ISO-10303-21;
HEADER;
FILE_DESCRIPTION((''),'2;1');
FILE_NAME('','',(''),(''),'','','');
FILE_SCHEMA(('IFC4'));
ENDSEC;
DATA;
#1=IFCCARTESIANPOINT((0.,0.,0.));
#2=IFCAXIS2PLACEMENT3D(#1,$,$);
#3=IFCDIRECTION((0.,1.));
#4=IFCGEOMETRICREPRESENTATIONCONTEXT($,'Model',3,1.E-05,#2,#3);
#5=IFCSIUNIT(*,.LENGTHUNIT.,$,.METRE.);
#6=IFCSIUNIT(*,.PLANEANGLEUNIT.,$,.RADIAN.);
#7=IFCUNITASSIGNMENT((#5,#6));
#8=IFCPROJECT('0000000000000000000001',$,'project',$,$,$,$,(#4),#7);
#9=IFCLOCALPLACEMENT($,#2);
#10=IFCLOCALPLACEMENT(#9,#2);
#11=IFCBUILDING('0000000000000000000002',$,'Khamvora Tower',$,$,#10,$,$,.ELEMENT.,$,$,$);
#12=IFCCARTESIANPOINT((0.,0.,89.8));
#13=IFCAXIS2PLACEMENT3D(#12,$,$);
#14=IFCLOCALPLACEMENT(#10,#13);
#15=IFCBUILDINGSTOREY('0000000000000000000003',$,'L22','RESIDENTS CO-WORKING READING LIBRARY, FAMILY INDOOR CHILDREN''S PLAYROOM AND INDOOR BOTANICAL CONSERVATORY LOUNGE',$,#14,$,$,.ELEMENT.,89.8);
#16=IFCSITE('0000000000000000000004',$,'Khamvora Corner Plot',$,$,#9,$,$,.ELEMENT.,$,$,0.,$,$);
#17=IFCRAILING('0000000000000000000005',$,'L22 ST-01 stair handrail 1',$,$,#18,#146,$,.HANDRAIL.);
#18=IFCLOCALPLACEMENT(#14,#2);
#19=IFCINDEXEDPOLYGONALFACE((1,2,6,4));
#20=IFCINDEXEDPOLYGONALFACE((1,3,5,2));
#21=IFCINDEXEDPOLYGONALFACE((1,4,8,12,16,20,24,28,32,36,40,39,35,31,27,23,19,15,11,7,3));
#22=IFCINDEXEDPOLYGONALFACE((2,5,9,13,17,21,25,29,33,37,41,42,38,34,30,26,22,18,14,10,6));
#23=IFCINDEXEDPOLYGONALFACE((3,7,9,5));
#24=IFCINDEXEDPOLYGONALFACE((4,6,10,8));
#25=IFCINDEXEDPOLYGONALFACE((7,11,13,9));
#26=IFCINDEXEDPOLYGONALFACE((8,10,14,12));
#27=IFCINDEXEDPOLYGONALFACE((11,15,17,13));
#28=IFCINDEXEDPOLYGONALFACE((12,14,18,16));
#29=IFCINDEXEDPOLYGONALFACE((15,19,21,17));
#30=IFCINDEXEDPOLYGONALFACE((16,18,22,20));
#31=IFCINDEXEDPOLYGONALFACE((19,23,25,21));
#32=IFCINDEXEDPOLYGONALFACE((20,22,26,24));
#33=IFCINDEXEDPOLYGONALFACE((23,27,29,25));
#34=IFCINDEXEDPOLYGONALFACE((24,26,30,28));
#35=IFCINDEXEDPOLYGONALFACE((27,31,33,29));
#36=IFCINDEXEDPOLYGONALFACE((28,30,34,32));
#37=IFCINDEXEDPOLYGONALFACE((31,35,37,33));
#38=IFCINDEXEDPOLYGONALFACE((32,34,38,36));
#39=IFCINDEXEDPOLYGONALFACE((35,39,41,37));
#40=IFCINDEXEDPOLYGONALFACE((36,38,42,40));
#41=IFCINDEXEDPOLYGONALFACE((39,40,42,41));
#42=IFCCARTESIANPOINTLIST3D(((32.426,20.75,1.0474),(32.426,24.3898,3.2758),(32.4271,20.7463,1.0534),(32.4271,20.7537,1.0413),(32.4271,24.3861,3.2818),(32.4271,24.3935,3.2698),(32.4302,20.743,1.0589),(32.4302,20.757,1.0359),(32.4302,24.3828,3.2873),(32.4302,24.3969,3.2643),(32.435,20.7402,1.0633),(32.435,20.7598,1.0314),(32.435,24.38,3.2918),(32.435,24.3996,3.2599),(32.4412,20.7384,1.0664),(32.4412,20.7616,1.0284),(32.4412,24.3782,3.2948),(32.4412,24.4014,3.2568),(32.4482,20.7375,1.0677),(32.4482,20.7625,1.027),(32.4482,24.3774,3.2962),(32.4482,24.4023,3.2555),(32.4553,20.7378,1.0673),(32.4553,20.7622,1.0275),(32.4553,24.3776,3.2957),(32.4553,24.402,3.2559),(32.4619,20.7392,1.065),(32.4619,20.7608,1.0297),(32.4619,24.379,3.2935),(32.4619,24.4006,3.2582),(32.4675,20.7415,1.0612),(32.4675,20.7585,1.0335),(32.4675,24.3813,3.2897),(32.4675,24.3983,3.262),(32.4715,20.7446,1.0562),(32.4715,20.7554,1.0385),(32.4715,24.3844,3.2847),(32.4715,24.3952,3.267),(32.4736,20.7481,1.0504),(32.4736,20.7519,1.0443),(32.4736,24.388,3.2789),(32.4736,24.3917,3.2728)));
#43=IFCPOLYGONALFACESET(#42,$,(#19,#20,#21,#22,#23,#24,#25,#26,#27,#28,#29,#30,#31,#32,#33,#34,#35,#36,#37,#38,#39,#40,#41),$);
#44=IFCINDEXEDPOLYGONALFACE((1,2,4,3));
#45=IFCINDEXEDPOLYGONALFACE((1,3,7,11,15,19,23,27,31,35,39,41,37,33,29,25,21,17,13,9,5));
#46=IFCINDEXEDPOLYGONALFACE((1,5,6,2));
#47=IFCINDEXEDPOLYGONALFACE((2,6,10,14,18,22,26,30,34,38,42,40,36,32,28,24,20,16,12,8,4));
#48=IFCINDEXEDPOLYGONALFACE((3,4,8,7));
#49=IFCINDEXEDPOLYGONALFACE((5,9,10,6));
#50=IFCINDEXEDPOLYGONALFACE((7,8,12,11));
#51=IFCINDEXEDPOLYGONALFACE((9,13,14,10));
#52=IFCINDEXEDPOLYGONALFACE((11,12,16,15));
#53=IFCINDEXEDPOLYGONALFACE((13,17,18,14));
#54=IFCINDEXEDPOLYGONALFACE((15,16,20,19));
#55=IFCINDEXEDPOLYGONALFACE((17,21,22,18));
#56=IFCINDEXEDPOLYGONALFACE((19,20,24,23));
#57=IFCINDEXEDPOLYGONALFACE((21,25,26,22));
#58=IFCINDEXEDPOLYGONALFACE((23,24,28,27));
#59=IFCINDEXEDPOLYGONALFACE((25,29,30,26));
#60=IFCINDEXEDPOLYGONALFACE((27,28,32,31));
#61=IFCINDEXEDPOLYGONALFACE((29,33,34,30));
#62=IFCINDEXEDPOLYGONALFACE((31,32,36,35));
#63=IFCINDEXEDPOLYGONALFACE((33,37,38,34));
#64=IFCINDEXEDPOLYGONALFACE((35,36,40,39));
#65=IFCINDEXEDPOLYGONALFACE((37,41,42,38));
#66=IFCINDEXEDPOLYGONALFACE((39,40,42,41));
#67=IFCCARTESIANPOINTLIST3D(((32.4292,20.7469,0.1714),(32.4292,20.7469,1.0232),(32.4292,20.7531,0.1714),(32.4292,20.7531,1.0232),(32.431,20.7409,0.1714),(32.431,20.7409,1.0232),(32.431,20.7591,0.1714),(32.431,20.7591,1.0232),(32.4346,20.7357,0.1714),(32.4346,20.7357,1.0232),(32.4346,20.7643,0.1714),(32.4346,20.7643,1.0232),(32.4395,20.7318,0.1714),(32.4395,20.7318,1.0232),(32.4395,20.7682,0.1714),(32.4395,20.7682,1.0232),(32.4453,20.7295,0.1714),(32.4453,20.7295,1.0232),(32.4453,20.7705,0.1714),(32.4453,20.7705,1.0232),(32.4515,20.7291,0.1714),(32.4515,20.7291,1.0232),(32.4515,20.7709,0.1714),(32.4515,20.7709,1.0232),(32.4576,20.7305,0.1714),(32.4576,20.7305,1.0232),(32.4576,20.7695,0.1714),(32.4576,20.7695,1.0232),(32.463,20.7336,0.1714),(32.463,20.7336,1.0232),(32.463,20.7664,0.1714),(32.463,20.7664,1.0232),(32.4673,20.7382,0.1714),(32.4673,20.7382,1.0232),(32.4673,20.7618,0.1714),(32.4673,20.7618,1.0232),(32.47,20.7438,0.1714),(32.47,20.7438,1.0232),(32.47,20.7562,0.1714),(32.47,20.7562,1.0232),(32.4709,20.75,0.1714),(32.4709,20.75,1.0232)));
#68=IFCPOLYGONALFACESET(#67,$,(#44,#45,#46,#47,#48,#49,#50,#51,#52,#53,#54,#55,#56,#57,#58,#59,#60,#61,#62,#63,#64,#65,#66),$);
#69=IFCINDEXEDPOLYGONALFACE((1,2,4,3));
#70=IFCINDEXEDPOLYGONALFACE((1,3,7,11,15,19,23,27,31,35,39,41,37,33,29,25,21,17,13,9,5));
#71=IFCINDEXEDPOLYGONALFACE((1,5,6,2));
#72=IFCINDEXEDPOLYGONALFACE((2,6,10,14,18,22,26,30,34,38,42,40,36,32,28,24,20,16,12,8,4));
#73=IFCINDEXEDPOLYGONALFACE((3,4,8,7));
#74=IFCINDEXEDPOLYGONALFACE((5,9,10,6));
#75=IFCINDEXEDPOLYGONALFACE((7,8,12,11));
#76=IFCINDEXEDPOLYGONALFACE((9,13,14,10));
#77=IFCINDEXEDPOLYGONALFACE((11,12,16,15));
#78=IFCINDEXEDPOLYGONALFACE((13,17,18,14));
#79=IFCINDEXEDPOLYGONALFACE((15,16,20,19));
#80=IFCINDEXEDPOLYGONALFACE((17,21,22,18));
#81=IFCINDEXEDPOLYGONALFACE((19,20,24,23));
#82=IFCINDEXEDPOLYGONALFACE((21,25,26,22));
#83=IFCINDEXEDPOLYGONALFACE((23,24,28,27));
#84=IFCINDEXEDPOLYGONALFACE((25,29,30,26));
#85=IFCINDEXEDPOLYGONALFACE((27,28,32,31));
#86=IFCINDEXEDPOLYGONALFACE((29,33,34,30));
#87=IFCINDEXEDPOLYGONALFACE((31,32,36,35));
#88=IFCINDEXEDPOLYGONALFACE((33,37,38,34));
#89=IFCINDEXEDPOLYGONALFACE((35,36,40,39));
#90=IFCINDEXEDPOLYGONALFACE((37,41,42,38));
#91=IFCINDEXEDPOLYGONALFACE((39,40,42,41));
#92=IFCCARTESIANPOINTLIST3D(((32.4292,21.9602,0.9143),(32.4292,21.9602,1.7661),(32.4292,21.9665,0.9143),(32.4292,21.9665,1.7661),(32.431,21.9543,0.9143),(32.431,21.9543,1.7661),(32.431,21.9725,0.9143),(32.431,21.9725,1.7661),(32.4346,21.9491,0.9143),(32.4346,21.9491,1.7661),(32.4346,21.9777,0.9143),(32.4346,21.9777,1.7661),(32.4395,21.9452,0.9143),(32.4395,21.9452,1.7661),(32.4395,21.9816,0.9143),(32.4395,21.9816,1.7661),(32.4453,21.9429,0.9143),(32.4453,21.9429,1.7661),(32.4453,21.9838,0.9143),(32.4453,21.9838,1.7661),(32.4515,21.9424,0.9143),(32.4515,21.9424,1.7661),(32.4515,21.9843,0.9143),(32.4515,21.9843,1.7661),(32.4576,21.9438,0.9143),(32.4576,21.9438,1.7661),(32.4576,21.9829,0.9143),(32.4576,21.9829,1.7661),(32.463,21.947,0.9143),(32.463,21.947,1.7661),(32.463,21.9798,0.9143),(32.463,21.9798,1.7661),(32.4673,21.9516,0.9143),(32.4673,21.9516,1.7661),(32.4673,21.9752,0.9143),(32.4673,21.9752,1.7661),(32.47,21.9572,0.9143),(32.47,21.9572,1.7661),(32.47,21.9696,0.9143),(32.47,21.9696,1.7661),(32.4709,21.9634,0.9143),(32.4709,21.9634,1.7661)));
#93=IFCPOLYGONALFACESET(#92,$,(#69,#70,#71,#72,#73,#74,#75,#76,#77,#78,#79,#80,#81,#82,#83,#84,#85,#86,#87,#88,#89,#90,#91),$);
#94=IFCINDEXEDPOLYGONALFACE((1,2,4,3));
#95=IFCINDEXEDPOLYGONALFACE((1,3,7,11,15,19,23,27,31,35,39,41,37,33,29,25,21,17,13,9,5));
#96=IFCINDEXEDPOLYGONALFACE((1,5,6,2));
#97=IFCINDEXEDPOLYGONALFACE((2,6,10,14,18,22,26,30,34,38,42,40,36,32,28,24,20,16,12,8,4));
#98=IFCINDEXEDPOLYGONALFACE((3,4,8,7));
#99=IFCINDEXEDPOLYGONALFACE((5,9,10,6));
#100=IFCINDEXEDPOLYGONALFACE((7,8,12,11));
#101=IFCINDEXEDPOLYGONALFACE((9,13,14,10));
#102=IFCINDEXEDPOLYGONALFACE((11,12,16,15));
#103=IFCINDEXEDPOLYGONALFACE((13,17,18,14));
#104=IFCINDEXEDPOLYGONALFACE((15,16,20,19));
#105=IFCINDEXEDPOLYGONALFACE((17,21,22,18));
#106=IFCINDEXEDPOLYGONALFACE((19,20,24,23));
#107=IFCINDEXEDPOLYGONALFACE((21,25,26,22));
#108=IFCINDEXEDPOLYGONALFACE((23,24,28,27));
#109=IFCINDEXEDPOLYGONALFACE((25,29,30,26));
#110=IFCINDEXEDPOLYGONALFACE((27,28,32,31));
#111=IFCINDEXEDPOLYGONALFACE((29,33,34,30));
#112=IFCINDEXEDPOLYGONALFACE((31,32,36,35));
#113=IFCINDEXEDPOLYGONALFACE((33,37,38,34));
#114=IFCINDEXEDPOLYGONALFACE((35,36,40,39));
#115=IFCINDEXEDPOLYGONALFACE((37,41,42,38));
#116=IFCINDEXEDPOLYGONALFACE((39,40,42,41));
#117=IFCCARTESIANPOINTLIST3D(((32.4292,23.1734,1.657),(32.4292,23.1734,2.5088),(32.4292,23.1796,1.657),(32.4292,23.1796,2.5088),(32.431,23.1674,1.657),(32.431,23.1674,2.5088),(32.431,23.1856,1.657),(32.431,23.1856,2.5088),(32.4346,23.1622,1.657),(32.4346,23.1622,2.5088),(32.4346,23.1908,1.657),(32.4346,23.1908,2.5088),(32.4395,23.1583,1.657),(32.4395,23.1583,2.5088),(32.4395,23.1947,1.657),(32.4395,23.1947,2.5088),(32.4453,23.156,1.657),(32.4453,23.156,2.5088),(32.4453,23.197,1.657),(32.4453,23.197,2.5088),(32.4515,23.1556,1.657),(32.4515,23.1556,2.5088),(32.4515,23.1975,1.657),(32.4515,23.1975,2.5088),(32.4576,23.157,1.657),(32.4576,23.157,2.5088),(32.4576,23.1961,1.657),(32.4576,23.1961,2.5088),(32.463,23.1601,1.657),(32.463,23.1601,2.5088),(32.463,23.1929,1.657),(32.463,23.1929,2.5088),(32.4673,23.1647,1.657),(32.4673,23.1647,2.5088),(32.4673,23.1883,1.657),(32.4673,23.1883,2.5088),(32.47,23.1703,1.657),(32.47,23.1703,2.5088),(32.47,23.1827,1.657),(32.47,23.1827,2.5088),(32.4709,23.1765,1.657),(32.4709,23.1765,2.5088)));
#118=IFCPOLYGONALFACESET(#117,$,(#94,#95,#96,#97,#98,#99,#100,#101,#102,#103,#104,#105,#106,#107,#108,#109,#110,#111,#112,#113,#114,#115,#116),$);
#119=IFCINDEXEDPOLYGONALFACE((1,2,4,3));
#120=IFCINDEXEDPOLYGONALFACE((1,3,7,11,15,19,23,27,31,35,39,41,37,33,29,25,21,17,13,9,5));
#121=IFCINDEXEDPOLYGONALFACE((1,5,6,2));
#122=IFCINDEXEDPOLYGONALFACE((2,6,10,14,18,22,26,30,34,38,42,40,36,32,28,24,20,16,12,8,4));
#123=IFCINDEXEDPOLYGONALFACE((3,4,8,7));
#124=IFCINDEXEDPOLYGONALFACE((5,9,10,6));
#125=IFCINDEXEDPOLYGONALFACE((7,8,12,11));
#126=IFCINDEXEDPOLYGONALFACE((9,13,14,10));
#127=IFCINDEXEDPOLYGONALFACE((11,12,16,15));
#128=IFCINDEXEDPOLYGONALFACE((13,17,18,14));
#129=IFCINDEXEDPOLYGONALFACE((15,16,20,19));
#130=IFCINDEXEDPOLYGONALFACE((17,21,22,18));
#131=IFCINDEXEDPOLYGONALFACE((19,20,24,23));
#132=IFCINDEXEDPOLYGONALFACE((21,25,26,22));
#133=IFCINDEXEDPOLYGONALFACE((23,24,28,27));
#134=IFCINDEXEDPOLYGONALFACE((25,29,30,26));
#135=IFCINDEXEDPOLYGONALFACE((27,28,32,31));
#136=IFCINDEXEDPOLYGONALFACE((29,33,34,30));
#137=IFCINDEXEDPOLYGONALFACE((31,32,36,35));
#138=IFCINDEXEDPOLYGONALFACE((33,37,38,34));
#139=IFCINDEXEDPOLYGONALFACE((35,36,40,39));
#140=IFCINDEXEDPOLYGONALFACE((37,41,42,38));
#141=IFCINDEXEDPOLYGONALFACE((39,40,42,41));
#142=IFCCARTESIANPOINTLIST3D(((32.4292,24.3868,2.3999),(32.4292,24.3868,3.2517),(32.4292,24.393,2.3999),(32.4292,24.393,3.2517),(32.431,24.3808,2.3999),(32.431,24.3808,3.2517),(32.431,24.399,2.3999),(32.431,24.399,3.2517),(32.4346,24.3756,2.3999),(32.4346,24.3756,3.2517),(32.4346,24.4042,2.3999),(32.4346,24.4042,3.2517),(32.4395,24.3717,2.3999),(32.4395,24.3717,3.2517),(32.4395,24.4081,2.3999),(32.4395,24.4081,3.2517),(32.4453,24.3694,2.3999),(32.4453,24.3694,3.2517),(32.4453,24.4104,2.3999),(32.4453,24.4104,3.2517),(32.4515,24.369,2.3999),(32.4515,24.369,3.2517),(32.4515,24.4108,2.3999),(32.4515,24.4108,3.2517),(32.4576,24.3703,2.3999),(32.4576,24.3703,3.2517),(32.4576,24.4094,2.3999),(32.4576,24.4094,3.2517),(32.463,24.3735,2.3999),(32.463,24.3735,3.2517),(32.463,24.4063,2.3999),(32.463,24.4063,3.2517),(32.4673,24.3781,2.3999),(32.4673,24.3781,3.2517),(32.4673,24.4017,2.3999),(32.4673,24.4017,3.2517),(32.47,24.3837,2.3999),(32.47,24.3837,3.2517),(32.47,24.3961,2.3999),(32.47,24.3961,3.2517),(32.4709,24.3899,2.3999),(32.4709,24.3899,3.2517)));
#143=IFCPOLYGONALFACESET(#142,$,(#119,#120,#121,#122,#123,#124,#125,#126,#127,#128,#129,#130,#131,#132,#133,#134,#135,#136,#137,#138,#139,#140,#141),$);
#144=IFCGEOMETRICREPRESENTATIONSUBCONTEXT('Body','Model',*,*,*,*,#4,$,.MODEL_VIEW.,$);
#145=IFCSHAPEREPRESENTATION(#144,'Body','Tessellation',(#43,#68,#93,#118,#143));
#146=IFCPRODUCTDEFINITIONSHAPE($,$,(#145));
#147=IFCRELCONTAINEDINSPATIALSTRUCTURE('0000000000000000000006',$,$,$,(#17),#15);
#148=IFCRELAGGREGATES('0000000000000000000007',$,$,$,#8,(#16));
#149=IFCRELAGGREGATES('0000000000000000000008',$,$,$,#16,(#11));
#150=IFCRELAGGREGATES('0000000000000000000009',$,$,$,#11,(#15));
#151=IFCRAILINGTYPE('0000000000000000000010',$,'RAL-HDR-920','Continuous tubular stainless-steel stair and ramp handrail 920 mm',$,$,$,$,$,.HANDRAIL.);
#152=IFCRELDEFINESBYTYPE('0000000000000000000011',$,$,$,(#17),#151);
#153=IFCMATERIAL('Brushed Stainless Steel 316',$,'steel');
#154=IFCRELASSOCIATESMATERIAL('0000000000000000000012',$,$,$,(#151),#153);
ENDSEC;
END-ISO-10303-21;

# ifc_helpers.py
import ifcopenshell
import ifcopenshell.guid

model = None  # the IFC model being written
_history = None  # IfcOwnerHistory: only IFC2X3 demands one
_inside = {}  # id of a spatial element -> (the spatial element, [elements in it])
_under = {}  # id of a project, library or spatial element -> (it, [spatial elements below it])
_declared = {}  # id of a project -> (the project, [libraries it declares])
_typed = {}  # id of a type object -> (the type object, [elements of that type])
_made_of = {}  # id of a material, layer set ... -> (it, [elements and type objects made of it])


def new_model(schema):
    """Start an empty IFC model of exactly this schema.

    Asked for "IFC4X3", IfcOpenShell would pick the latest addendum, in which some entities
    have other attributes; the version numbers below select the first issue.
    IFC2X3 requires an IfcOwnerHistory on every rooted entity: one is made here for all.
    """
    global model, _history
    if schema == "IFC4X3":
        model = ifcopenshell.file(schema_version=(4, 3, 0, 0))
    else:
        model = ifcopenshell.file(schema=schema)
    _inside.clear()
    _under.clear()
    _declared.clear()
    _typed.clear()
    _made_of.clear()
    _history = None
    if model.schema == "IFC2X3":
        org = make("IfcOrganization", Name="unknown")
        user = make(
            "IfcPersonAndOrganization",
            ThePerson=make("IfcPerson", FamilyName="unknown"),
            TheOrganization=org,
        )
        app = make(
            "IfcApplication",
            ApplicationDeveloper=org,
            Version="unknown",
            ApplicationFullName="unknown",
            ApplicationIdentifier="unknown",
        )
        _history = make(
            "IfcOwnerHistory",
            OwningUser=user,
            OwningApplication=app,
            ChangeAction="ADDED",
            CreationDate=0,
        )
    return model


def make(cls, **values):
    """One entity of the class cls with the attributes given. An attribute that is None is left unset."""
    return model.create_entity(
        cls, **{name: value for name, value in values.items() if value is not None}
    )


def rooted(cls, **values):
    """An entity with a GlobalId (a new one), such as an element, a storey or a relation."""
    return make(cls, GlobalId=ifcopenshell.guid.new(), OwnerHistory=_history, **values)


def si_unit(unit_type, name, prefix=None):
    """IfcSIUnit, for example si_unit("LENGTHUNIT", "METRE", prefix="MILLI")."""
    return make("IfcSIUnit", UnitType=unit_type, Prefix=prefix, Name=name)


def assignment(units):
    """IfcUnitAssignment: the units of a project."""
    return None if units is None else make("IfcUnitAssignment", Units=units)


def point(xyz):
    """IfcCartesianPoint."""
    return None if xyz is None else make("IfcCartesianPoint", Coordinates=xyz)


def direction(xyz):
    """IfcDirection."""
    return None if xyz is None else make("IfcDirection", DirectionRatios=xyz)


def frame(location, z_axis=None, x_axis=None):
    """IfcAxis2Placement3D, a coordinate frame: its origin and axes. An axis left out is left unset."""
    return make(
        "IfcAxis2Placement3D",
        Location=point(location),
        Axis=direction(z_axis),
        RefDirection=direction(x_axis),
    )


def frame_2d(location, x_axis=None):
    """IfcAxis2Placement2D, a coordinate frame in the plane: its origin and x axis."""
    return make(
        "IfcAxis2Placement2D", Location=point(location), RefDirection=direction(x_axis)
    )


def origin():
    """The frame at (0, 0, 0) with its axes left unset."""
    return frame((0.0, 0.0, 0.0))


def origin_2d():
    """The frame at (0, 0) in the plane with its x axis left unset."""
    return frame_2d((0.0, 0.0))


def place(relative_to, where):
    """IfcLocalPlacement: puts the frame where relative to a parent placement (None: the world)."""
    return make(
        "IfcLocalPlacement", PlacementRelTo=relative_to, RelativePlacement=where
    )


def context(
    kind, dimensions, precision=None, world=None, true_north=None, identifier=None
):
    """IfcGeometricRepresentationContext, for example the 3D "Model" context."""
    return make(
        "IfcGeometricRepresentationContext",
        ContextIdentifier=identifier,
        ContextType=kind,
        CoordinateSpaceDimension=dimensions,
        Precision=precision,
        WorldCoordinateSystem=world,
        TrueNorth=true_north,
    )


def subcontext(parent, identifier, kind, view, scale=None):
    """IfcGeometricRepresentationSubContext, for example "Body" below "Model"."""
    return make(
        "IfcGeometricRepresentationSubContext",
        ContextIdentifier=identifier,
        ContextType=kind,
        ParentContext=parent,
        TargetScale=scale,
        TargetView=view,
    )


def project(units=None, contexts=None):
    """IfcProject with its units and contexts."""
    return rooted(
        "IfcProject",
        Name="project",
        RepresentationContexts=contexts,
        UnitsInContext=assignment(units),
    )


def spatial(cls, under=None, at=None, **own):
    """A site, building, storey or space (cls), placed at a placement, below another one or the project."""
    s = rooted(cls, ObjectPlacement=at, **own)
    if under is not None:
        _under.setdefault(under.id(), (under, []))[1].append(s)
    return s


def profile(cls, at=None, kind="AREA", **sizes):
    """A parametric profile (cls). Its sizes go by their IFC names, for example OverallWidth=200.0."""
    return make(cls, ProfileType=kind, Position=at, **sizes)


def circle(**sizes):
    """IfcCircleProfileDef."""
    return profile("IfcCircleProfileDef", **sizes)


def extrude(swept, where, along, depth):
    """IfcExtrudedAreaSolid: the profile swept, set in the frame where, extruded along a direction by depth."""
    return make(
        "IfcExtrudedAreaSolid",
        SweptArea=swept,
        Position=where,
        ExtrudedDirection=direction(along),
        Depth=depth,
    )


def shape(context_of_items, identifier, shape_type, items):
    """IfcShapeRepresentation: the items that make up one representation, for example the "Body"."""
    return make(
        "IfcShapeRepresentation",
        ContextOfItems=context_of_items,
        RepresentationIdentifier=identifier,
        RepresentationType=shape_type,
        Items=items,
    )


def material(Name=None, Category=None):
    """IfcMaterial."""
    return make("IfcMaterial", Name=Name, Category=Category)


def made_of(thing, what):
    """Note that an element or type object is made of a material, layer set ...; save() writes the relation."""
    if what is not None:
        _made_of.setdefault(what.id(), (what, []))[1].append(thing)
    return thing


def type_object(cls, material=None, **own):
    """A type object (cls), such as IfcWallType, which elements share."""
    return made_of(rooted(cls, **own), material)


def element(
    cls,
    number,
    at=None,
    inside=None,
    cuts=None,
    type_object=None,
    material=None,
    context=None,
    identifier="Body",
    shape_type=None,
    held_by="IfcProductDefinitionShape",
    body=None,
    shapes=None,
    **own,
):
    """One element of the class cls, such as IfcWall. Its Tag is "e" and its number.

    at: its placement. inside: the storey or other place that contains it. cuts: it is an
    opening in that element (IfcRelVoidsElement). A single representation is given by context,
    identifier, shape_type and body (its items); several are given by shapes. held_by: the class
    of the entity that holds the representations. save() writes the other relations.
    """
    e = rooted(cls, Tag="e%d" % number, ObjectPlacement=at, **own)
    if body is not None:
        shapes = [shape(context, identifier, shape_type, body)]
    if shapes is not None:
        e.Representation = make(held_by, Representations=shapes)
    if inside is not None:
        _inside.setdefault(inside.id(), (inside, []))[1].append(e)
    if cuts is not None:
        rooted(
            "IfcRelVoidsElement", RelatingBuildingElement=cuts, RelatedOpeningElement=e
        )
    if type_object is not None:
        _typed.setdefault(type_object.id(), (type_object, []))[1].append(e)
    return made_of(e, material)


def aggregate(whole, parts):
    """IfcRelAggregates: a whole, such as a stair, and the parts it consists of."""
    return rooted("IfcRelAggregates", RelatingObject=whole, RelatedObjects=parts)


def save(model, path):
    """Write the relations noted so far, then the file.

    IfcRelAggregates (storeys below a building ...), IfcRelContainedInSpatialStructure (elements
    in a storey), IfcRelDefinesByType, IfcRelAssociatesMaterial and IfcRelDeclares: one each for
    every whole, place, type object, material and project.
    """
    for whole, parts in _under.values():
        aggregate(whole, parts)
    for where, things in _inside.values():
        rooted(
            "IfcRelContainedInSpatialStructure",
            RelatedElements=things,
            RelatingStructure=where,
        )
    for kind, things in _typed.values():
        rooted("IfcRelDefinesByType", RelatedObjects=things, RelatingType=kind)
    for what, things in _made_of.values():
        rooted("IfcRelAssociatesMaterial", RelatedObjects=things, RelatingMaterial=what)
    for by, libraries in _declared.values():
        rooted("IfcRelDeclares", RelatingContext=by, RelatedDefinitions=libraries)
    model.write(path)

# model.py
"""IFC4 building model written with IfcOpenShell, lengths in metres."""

from ifc_helpers import new_model, si_unit, direction, frame, origin, origin_2d, place, context, subcontext, project, spatial, circle, extrude, material, type_object, element, save


model = new_model("IFC4")

# Units and contexts
model_context = context("Model", 3, precision=1e-05, world=origin(), true_north=direction((0.0, 1.0)))
body_context = subcontext(model_context, "Body", "Model", "MODEL_VIEW")
ifc_project = project(units=[si_unit("LENGTHUNIT", "METRE"), si_unit("PLANEANGLEUNIT", "RADIAN")], contexts=[model_context])

# Site, building, storey
site_placement = place(None, origin())
site = spatial("IfcSite", under=ifc_project, at=site_placement, Name="Khamvora Corner Plot", CompositionType="ELEMENT", RefElevation=0.0)
building_placement = place(site_placement, origin())
building = spatial("IfcBuilding", under=site, at=building_placement, Name="Khamvora Tower", CompositionType="ELEMENT")
storey_placement = place(building_placement, frame((0.0, 0.0, 89.8)))
storey = spatial("IfcBuildingStorey", under=building, at=storey_placement, Name="L22", Description="RESIDENTS CO-WORKING READING LIBRARY, FAMILY INDOOR CHILDREN'S PLAYROOM AND INDOOR BOTANICAL CONSERVATORY LOUNGE", CompositionType="ELEMENT", Elevation=89.8)

# Railing
ifc_material_1 = material(Name="Brushed Stainless Steel 316", Category="steel")
railing_type = type_object("IfcRailingType", Name="RAL-HDR-920", Description="Continuous tubular stainless-steel stair and ramp handrail 920 mm", PredefinedType="HANDRAIL", material=ifc_material_1)
railing_placement = place(storey_placement, frame((32.45, 20.75, 0.1714)))
element("IfcRailing", 1, at=railing_placement, inside=storey, type_object=railing_type, Name="L22 ST-01 stair handrail 1", PredefinedType="HANDRAIL", context=body_context, shape_type="SweptSolid", body=[
    extrude(circle(Radius=0.0239, at=origin_2d()), frame((0.0, 0.0, 0.876), z_axis=(0.0, 0.85285, 0.522156), x_axis=(-1.0, 0.0, 0.0)), (0.0, 0.0, 1.0), 4.2678),
    extrude(circle(Radius=0.021, at=origin_2d()), origin(), (0.0, 0.0, 1.0), 0.8518),
    extrude(circle(Radius=0.021, at=origin_2d()), frame((0.0, 1.2134, 0.7429)), (0.0, 0.0, 1.0), 0.8518),
    extrude(circle(Radius=0.021, at=origin_2d()), frame((0.0, 2.4265, 1.4856)), (0.0, 0.0, 1.0), 0.8518),
    extrude(circle(Radius=0.021, at=origin_2d()), frame((0.0, 3.6399, 2.2285)), (0.0, 0.0, 1.0), 0.8518),
])

save(model, "model.ifc")
